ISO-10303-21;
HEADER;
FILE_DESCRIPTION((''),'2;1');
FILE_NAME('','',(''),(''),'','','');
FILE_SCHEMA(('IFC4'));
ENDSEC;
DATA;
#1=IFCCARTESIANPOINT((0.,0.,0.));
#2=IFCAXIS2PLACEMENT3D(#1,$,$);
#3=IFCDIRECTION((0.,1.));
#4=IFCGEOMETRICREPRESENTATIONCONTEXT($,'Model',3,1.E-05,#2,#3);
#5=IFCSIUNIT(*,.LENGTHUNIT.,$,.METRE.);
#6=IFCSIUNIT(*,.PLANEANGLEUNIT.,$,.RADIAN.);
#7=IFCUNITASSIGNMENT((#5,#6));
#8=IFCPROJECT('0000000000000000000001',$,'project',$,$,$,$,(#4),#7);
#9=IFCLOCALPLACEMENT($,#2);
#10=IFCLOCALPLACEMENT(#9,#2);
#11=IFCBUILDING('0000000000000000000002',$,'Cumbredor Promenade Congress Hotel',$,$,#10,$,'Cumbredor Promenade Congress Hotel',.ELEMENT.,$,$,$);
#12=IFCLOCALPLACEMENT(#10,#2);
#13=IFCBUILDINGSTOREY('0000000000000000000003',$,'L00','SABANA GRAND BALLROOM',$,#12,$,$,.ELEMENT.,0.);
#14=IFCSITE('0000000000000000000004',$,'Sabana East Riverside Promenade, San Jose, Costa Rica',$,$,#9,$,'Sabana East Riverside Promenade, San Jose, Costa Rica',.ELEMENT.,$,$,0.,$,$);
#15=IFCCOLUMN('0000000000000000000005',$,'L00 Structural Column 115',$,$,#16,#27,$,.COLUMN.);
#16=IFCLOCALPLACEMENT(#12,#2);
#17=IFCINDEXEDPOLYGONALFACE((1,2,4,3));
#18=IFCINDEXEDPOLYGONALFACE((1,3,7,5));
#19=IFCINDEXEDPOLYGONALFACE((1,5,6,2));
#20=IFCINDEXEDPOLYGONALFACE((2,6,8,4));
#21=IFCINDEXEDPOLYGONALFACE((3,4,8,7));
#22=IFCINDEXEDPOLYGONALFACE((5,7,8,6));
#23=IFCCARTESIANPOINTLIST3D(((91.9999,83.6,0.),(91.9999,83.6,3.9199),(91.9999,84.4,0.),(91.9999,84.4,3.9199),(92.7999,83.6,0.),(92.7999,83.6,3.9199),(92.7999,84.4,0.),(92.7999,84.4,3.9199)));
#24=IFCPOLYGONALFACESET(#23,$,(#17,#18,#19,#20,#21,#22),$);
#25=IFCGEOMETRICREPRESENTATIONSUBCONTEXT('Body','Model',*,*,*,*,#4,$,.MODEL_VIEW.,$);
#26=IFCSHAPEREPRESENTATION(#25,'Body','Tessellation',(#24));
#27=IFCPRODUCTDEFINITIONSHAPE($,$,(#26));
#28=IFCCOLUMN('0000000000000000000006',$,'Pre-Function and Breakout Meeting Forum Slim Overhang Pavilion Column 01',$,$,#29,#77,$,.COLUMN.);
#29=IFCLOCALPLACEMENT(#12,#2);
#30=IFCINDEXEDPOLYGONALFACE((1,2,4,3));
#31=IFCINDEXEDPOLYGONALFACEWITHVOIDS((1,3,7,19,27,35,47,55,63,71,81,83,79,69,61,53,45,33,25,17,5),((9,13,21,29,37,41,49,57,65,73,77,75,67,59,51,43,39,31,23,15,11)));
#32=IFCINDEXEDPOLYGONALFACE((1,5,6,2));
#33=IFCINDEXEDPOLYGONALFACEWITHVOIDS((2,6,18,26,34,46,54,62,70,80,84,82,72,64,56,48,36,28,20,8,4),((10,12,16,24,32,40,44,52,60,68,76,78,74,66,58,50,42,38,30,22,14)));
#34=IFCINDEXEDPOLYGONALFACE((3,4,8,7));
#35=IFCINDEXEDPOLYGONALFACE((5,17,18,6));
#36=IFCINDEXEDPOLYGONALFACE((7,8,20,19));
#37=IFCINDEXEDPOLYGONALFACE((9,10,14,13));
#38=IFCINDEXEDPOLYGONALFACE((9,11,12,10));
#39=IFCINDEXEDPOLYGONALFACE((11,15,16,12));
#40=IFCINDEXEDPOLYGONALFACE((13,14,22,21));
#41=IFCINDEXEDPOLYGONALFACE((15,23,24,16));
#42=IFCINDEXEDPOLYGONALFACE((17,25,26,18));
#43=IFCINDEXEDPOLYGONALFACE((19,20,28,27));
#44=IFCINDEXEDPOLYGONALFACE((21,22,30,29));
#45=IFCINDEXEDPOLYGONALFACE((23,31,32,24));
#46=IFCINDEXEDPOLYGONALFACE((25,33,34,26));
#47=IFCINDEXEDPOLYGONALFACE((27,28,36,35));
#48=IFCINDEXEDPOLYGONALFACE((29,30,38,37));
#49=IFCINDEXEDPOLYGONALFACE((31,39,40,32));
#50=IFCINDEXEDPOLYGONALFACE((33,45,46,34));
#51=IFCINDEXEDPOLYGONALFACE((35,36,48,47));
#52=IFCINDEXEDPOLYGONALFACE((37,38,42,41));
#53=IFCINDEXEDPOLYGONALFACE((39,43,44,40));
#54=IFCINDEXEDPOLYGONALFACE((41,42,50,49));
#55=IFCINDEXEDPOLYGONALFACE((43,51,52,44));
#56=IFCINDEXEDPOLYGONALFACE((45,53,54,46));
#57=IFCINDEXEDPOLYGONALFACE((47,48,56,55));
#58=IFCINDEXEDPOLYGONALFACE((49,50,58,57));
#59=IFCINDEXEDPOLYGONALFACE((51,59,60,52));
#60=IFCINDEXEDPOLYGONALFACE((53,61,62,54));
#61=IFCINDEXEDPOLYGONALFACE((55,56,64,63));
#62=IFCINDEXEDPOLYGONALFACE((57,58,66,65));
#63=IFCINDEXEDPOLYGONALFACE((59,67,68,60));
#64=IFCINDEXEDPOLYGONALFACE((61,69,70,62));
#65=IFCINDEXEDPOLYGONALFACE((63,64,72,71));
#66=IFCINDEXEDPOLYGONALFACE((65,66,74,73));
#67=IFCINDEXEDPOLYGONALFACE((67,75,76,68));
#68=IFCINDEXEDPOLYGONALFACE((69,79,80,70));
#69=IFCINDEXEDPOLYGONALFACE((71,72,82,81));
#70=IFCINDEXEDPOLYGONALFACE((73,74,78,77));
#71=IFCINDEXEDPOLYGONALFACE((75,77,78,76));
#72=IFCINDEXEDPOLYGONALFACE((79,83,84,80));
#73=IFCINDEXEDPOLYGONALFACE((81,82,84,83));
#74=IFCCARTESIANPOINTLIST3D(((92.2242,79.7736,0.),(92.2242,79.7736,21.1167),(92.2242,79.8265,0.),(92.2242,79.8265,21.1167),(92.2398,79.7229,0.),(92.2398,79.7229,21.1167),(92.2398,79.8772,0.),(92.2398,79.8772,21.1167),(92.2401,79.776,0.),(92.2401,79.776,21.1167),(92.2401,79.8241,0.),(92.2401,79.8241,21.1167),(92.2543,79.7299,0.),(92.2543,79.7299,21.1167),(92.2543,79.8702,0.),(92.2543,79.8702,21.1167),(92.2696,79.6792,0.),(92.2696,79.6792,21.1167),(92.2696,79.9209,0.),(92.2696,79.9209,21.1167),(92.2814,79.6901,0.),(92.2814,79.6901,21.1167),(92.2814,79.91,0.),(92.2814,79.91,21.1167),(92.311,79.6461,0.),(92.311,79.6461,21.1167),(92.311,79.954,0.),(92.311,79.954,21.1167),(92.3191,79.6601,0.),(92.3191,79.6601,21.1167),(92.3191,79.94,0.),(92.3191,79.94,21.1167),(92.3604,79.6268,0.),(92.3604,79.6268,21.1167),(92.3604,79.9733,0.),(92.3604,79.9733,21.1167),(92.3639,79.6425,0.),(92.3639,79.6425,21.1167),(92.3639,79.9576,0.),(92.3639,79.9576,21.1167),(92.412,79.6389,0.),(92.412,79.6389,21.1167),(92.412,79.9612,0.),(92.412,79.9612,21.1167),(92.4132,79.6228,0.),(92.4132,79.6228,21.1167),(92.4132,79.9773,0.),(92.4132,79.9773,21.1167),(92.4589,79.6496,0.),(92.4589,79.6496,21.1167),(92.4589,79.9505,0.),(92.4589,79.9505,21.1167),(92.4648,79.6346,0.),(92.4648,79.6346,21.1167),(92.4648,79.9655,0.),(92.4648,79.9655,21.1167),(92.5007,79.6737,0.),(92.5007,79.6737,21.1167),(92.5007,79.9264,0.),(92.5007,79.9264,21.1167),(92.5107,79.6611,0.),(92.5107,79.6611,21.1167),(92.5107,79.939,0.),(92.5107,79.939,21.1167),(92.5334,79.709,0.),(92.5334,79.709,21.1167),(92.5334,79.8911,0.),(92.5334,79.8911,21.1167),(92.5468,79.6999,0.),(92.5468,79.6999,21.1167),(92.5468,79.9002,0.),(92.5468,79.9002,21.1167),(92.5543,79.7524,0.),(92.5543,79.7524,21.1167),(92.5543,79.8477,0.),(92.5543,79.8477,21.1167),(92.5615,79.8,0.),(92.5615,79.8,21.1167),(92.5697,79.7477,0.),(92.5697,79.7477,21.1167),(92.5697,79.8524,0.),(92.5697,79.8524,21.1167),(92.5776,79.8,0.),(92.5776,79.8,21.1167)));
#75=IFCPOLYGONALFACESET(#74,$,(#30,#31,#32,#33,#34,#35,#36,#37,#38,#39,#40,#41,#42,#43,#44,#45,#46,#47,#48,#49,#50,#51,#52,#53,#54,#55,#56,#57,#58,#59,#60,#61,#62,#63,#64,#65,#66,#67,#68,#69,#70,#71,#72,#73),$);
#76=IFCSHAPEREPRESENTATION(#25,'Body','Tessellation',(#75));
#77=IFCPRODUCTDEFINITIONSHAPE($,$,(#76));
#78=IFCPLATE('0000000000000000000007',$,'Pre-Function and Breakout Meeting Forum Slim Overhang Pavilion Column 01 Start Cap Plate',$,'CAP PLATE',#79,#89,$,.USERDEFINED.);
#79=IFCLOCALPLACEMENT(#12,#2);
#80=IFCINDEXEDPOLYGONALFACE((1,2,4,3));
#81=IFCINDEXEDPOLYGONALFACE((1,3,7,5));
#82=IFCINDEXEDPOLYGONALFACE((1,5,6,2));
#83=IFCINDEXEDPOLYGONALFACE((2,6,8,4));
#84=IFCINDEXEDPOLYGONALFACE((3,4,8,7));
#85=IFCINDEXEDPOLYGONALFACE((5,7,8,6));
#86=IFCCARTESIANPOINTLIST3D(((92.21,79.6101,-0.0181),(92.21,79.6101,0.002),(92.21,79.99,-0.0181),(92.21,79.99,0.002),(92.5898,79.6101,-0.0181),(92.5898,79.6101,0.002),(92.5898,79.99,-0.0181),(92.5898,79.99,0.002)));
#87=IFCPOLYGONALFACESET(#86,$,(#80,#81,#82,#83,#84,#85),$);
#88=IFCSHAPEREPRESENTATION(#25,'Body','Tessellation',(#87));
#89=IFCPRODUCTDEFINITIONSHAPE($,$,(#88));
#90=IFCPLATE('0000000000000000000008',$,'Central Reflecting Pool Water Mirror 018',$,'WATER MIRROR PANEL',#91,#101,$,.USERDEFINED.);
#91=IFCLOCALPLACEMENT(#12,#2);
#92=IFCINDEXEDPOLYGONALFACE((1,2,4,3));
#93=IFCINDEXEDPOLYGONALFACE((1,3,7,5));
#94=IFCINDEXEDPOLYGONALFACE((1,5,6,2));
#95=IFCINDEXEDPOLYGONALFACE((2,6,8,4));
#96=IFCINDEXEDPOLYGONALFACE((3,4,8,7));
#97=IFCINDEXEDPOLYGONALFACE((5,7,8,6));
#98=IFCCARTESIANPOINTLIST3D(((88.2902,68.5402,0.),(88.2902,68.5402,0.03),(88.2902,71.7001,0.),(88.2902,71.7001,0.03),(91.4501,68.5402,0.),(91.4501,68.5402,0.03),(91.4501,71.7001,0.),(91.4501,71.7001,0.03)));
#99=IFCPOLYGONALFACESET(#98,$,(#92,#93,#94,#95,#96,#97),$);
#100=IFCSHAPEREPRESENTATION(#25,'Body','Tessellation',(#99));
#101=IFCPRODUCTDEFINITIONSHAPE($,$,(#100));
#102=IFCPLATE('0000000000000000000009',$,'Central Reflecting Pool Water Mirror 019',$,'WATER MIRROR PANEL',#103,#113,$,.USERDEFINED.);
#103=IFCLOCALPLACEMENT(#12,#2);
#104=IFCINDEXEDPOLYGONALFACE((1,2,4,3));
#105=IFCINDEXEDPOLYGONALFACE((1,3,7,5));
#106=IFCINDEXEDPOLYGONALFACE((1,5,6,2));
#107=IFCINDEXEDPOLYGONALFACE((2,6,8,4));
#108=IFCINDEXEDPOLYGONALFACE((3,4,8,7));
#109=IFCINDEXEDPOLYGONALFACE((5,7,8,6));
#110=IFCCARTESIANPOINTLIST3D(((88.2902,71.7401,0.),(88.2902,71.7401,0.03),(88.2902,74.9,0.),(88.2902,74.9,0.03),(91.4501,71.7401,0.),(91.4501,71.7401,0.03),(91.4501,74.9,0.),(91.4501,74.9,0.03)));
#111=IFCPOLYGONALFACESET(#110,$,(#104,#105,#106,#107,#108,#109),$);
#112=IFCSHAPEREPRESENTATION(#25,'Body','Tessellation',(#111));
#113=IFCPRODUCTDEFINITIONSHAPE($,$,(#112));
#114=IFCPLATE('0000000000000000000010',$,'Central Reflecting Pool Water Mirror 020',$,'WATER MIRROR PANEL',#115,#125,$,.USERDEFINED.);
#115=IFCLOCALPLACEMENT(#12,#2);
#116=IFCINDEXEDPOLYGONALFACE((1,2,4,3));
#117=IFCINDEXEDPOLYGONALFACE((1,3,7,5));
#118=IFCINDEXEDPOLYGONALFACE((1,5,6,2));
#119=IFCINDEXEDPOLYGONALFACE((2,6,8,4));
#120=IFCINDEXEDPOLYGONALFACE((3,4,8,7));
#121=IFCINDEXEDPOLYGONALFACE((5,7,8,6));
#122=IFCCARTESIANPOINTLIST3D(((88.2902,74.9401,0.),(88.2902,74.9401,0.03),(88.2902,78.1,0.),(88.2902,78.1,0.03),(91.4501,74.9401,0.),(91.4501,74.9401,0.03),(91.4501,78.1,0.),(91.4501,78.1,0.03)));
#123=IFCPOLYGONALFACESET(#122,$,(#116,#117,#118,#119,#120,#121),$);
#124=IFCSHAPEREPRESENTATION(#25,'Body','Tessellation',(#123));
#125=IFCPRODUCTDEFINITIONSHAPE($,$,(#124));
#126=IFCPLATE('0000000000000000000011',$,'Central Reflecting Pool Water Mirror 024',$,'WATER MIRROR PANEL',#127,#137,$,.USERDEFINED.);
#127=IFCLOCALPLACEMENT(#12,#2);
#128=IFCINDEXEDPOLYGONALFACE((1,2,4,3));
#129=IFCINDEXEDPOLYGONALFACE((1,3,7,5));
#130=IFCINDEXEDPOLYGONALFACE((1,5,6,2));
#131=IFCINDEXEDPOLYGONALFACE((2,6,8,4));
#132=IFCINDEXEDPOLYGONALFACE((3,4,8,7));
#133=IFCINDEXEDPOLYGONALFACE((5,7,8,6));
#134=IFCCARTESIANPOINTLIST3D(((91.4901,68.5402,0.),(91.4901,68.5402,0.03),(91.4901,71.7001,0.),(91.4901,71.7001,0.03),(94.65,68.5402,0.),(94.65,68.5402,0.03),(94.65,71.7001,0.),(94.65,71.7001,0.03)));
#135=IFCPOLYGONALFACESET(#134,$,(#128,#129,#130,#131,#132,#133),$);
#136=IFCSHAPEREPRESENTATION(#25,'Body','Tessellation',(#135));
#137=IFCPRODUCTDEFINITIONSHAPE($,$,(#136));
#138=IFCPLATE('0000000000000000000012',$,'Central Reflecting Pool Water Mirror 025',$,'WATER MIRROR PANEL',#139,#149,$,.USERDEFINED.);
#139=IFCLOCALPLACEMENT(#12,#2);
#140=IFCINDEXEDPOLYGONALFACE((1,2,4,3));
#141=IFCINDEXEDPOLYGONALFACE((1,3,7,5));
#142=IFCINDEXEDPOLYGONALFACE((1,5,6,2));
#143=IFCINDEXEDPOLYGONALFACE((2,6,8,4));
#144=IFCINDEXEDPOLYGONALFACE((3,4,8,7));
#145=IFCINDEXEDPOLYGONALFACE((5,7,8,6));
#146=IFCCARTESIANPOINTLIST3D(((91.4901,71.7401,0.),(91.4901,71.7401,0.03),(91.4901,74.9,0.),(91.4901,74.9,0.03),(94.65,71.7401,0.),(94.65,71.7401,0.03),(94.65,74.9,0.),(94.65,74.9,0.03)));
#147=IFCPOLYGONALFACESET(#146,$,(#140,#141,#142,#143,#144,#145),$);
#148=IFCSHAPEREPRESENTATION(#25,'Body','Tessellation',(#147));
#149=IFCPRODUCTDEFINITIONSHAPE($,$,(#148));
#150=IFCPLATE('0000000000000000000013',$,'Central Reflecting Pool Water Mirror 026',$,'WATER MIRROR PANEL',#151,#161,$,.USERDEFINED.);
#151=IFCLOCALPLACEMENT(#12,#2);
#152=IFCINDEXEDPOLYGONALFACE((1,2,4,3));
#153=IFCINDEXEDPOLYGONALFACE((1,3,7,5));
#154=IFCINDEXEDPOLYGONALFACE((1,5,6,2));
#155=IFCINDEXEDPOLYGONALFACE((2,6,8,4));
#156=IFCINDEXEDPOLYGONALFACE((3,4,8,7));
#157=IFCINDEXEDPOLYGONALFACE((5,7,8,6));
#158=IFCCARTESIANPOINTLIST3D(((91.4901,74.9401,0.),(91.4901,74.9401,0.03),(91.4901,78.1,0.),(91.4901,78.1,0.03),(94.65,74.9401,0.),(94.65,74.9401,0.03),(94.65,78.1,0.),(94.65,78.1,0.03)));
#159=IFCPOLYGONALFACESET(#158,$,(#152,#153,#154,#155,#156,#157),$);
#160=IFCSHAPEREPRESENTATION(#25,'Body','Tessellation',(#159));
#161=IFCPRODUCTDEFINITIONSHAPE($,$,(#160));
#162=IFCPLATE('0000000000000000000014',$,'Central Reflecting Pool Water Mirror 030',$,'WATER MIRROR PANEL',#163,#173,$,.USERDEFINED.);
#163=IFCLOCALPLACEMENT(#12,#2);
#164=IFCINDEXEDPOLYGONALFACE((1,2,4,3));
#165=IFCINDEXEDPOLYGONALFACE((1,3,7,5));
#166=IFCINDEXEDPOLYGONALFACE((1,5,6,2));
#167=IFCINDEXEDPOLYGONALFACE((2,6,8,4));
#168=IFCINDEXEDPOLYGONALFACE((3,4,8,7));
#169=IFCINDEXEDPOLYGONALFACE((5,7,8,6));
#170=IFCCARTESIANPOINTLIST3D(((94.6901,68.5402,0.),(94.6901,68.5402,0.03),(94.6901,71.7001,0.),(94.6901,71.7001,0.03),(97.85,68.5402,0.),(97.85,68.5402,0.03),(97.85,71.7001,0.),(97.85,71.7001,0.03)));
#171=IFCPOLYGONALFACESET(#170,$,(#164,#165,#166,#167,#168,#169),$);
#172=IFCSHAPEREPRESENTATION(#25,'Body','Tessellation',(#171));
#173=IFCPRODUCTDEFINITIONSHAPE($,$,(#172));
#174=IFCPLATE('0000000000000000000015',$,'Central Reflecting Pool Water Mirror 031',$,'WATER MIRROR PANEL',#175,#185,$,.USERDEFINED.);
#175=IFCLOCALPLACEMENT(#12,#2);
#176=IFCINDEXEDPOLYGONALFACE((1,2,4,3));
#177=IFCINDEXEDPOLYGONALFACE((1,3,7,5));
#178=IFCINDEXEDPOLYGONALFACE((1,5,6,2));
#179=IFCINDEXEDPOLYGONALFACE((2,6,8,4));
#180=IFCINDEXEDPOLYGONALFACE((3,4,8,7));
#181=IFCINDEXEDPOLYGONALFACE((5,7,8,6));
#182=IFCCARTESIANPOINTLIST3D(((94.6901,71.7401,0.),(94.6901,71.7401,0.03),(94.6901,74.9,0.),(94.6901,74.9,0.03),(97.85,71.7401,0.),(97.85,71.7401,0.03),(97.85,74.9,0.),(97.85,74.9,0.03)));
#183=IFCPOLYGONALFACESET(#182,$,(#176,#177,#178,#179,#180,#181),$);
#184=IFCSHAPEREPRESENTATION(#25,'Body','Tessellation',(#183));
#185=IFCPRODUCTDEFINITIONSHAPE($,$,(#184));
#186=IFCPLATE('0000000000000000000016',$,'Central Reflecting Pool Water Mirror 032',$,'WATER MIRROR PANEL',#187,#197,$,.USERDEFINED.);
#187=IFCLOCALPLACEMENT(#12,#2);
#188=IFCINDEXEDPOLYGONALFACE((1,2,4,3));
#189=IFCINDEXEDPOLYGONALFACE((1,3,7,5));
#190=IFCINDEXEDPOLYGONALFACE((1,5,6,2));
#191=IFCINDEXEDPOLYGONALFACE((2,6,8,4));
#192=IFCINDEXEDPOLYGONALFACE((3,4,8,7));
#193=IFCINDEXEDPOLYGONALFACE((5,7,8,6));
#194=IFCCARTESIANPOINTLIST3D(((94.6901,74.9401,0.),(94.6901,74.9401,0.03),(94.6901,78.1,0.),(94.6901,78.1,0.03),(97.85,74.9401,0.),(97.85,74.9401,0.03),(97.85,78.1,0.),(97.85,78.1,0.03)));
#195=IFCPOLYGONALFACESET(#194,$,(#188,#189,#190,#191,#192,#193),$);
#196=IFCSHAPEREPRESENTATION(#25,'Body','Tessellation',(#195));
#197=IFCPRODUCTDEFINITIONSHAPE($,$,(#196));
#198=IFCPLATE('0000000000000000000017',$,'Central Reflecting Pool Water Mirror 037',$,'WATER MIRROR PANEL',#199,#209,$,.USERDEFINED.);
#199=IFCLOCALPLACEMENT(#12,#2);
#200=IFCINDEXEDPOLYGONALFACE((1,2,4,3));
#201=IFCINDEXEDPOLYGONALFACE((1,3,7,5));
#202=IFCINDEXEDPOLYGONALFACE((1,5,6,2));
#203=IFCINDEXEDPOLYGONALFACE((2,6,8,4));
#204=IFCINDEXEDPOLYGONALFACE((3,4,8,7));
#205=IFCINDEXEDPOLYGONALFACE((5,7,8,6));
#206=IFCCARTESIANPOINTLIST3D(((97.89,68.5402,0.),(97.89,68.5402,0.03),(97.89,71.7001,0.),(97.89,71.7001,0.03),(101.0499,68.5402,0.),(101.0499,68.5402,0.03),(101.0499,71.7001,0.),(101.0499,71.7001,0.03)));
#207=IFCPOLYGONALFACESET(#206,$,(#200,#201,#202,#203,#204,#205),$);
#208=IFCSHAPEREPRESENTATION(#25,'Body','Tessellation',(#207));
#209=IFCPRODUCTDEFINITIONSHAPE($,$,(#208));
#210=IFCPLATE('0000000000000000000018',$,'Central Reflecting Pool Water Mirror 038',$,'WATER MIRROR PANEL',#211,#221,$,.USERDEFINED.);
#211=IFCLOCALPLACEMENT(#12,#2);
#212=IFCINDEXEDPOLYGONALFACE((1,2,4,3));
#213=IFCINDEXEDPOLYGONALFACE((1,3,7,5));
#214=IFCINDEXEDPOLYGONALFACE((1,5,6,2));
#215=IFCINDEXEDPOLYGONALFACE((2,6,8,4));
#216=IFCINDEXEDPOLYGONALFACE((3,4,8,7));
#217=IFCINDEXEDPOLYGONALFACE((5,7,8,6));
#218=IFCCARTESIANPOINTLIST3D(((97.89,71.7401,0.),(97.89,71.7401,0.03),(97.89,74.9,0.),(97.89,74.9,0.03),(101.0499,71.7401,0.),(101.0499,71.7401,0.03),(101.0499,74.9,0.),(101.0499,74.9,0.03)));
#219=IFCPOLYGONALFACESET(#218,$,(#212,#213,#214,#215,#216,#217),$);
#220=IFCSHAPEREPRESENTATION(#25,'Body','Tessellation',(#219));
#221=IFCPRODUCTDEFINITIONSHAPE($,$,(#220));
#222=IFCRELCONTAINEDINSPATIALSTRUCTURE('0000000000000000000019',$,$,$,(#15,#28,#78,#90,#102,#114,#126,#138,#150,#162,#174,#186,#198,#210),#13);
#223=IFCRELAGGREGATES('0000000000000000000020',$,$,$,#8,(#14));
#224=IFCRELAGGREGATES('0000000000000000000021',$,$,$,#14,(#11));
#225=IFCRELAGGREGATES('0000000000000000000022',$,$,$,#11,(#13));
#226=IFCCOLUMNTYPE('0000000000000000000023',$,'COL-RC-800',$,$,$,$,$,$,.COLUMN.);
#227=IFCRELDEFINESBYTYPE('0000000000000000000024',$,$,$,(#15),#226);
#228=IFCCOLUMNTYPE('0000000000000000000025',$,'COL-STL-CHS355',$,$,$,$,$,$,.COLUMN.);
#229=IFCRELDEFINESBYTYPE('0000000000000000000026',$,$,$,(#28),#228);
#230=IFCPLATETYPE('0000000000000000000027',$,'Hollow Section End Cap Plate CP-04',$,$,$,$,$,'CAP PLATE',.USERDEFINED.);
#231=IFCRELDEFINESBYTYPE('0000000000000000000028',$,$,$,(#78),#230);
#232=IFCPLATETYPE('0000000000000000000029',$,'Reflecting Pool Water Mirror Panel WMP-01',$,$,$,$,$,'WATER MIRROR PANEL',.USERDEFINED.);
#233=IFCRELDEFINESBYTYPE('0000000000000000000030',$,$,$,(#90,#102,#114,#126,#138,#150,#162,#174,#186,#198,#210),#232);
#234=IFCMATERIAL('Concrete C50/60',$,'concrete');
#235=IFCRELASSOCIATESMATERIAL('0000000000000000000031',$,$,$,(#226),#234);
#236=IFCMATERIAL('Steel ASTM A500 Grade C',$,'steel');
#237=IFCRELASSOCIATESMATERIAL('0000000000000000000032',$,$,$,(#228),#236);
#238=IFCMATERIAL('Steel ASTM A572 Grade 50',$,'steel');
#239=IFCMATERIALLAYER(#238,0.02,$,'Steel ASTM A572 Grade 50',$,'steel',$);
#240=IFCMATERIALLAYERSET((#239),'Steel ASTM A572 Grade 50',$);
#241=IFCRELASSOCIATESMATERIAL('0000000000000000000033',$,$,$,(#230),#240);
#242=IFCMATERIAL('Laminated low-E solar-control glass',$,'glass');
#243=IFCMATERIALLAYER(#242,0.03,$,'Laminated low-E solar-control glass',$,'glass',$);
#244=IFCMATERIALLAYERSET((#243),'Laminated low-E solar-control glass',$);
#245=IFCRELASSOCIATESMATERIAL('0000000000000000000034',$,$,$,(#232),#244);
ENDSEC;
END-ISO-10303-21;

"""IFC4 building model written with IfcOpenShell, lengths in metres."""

from ifc_helpers import new_model, si_unit, direction, frame, origin, origin_2d, place, context, subcontext, project, spatial, rectangle, hollow_circle, extrude, material, layer, layer_set, material_profile, profile_set, type_object, element, save


model = new_model("IFC4")

# Units and contexts
model_context = context("Model", 3, precision=1e-05, world=origin(), true_north=direction((0.0, 1.0)))
body_context = subcontext(model_context, "Body", "Model", "MODEL_VIEW")
ifc_project = project(units=[si_unit("LENGTHUNIT", "METRE"), si_unit("PLANEANGLEUNIT", "RADIAN")], contexts=[model_context])

# Site, building, storey
site_placement = place(None, origin())
site = spatial("IfcSite", under=ifc_project, at=site_placement, Name="Sabana East Riverside Promenade, San Jose, Costa Rica", LongName="Sabana East Riverside Promenade, San Jose, Costa Rica", CompositionType="ELEMENT", RefElevation=0.0)
building_placement = place(site_placement, origin())
building = spatial("IfcBuilding", under=site, at=building_placement, Name="Cumbredor Promenade Congress Hotel", LongName="Cumbredor Promenade Congress Hotel", CompositionType="ELEMENT")
storey_placement = place(building_placement, origin())
storey = spatial("IfcBuildingStorey", under=building, at=storey_placement, Name="L00", Description="SABANA GRAND BALLROOM", CompositionType="ELEMENT", Elevation=0.0)

# Columns
ifc_material_1 = material(Name="Concrete C50/60", Category="concrete")
ifc_material_profile_1 = material_profile(ifc_material_1, rectangle(XDim=0.8, YDim=0.8, at=origin_2d()), Name="RC 800x800")
ifc_profile_set_1 = profile_set([ifc_material_profile_1], Name="Concrete C50/60")
column_type_1 = type_object("IfcColumnType", Name="COL-RC-800", PredefinedType="COLUMN", material=ifc_profile_set_1)
column_1_placement = place(storey_placement, frame((92.3999, 84.0, 0.0), z_axis=(0.0, 0.0, 1.0), x_axis=(1.0, 0.0, 0.0)))
element("IfcColumn", 1, at=column_1_placement, inside=storey, type_object=column_type_1, Name="L00 Structural Column 115", PredefinedType="COLUMN", context=body_context, shape_type="SweptSolid", body=[
    extrude(rectangle(XDim=0.8, YDim=0.8, at=origin_2d()), origin(), (0.0, 0.0, 1.0), 3.9199),
])
ifc_material_2 = material(Name="Steel ASTM A500 Grade C", Category="steel")
ifc_material_profile_2 = material_profile(ifc_material_2, hollow_circle(Radius=0.1777, WallThickness=0.0161, at=origin_2d()), Name="CHS 355.6x16")
ifc_profile_set_2 = profile_set([ifc_material_profile_2], Name="Steel ASTM A500 Grade C")
column_type_2 = type_object("IfcColumnType", Name="COL-STL-CHS355", PredefinedType="COLUMN", material=ifc_profile_set_2)
column_2_placement = place(storey_placement, frame((92.3999, 79.8, 0.0), z_axis=(0.0, 0.0, 1.0), x_axis=(1.0, 0.0, 0.0)))
element("IfcColumn", 2, at=column_2_placement, inside=storey, type_object=column_type_2, Name="Pre-Function and Breakout Meeting Forum Slim Overhang Pavilion Column 01", PredefinedType="COLUMN", context=body_context, shape_type="SweptSolid", body=[
    extrude(hollow_circle(Radius=0.1777, WallThickness=0.0161, at=origin_2d()), origin(), (0.0, 0.0, 1.0), 21.1167),
])

# Plates
ifc_material_3 = material(Name="Steel ASTM A572 Grade 50", Category="steel")
ifc_layer_1 = layer(ifc_material_3, 0.02, Name="Steel ASTM A572 Grade 50", Category="steel")
ifc_layer_set_1 = layer_set([ifc_layer_1], Name="Steel ASTM A572 Grade 50")
plate_type_1 = type_object("IfcPlateType", Name="Hollow Section End Cap Plate CP-04", ElementType="CAP PLATE", PredefinedType="USERDEFINED", material=ifc_layer_set_1)
plate_placement = place(storey_placement, frame((92.3999, 79.8, -0.0181), z_axis=(0.0, 0.0, 1.0), x_axis=(1.0, 0.0, 0.0)))
element("IfcPlate", 3, at=plate_placement, inside=storey, type_object=plate_type_1, Name="Pre-Function and Breakout Meeting Forum Slim Overhang Pavilion Column 01 Start Cap Plate", ObjectType="CAP PLATE", PredefinedType="USERDEFINED", context=body_context, shape_type="SweptSolid", body=[
    extrude(rectangle(XDim=0.3799, YDim=0.3799, at=origin_2d()), origin(), (0.0, 0.0, 1.0), 0.02),
])
ifc_material_4 = material(Name="Laminated low-E solar-control glass", Category="glass")
ifc_layer_2 = layer(ifc_material_4, 0.03, Name="Laminated low-E solar-control glass", Category="glass")
ifc_layer_set_2 = layer_set([ifc_layer_2], Name="Laminated low-E solar-control glass")
plate_type_2 = type_object("IfcPlateType", Name="Reflecting Pool Water Mirror Panel WMP-01", ElementType="WATER MIRROR PANEL", PredefinedType="USERDEFINED", material=ifc_layer_set_2)
for number, where, z_axis, x_axis, name in (
    (4, (89.8701, 70.1201, 0.0), (0.0, 0.0, 1.0), (1.0, 0.0, 0.0), "Central Reflecting Pool Water Mirror 018"),
    (5, (89.8701, 73.3201, 0.0), (0.0, 0.0, 1.0), (1.0, 0.0, 0.0), "Central Reflecting Pool Water Mirror 019"),
    (6, (89.8701, 76.52, 0.0), (0.0, 0.0, 1.0), (1.0, 0.0, 0.0), "Central Reflecting Pool Water Mirror 020"),
    (7, (93.0701, 70.1201, 0.0), (0.0, 0.0, 1.0), (1.0, 0.0, 0.0), "Central Reflecting Pool Water Mirror 024"),
    (8, (93.0701, 73.3201, 0.0), (0.0, 0.0, 1.0), (1.0, 0.0, 0.0), "Central Reflecting Pool Water Mirror 025"),
    (9, (93.0701, 76.52, 0.0), (0.0, 0.0, 1.0), (1.0, 0.0, 0.0), "Central Reflecting Pool Water Mirror 026"),
    (10, (96.27, 70.1201, 0.0), (0.0, 0.0, 1.0), (1.0, 0.0, 0.0), "Central Reflecting Pool Water Mirror 030"),
    (11, (96.27, 73.3201, 0.0), (0.0, 0.0, 1.0), (1.0, 0.0, 0.0), "Central Reflecting Pool Water Mirror 031"),
    (12, (96.27, 76.52, 0.0), (0.0, 0.0, 1.0), (1.0, 0.0, 0.0), "Central Reflecting Pool Water Mirror 032"),
    (13, (99.47, 70.1201, 0.0), (0.0, 0.0, 1.0), (1.0, 0.0, 0.0), "Central Reflecting Pool Water Mirror 037"),
    (14, (99.47, 73.3201, 0.0), (0.0, 0.0, 1.0), (1.0, 0.0, 0.0), "Central Reflecting Pool Water Mirror 038"),
):
    element("IfcPlate", number, at=place(storey_placement, frame(where, z_axis=z_axis, x_axis=x_axis)), inside=storey, type_object=plate_type_2, Name=name, ObjectType="WATER MIRROR PANEL", PredefinedType="USERDEFINED", context=body_context, shape_type="SweptSolid", body=[
        extrude(rectangle(XDim=3.1599, YDim=3.1599, at=origin_2d()), origin(), (0.0, 0.0, 1.0), 0.03),
    ])

save(model, "model.ifc")
